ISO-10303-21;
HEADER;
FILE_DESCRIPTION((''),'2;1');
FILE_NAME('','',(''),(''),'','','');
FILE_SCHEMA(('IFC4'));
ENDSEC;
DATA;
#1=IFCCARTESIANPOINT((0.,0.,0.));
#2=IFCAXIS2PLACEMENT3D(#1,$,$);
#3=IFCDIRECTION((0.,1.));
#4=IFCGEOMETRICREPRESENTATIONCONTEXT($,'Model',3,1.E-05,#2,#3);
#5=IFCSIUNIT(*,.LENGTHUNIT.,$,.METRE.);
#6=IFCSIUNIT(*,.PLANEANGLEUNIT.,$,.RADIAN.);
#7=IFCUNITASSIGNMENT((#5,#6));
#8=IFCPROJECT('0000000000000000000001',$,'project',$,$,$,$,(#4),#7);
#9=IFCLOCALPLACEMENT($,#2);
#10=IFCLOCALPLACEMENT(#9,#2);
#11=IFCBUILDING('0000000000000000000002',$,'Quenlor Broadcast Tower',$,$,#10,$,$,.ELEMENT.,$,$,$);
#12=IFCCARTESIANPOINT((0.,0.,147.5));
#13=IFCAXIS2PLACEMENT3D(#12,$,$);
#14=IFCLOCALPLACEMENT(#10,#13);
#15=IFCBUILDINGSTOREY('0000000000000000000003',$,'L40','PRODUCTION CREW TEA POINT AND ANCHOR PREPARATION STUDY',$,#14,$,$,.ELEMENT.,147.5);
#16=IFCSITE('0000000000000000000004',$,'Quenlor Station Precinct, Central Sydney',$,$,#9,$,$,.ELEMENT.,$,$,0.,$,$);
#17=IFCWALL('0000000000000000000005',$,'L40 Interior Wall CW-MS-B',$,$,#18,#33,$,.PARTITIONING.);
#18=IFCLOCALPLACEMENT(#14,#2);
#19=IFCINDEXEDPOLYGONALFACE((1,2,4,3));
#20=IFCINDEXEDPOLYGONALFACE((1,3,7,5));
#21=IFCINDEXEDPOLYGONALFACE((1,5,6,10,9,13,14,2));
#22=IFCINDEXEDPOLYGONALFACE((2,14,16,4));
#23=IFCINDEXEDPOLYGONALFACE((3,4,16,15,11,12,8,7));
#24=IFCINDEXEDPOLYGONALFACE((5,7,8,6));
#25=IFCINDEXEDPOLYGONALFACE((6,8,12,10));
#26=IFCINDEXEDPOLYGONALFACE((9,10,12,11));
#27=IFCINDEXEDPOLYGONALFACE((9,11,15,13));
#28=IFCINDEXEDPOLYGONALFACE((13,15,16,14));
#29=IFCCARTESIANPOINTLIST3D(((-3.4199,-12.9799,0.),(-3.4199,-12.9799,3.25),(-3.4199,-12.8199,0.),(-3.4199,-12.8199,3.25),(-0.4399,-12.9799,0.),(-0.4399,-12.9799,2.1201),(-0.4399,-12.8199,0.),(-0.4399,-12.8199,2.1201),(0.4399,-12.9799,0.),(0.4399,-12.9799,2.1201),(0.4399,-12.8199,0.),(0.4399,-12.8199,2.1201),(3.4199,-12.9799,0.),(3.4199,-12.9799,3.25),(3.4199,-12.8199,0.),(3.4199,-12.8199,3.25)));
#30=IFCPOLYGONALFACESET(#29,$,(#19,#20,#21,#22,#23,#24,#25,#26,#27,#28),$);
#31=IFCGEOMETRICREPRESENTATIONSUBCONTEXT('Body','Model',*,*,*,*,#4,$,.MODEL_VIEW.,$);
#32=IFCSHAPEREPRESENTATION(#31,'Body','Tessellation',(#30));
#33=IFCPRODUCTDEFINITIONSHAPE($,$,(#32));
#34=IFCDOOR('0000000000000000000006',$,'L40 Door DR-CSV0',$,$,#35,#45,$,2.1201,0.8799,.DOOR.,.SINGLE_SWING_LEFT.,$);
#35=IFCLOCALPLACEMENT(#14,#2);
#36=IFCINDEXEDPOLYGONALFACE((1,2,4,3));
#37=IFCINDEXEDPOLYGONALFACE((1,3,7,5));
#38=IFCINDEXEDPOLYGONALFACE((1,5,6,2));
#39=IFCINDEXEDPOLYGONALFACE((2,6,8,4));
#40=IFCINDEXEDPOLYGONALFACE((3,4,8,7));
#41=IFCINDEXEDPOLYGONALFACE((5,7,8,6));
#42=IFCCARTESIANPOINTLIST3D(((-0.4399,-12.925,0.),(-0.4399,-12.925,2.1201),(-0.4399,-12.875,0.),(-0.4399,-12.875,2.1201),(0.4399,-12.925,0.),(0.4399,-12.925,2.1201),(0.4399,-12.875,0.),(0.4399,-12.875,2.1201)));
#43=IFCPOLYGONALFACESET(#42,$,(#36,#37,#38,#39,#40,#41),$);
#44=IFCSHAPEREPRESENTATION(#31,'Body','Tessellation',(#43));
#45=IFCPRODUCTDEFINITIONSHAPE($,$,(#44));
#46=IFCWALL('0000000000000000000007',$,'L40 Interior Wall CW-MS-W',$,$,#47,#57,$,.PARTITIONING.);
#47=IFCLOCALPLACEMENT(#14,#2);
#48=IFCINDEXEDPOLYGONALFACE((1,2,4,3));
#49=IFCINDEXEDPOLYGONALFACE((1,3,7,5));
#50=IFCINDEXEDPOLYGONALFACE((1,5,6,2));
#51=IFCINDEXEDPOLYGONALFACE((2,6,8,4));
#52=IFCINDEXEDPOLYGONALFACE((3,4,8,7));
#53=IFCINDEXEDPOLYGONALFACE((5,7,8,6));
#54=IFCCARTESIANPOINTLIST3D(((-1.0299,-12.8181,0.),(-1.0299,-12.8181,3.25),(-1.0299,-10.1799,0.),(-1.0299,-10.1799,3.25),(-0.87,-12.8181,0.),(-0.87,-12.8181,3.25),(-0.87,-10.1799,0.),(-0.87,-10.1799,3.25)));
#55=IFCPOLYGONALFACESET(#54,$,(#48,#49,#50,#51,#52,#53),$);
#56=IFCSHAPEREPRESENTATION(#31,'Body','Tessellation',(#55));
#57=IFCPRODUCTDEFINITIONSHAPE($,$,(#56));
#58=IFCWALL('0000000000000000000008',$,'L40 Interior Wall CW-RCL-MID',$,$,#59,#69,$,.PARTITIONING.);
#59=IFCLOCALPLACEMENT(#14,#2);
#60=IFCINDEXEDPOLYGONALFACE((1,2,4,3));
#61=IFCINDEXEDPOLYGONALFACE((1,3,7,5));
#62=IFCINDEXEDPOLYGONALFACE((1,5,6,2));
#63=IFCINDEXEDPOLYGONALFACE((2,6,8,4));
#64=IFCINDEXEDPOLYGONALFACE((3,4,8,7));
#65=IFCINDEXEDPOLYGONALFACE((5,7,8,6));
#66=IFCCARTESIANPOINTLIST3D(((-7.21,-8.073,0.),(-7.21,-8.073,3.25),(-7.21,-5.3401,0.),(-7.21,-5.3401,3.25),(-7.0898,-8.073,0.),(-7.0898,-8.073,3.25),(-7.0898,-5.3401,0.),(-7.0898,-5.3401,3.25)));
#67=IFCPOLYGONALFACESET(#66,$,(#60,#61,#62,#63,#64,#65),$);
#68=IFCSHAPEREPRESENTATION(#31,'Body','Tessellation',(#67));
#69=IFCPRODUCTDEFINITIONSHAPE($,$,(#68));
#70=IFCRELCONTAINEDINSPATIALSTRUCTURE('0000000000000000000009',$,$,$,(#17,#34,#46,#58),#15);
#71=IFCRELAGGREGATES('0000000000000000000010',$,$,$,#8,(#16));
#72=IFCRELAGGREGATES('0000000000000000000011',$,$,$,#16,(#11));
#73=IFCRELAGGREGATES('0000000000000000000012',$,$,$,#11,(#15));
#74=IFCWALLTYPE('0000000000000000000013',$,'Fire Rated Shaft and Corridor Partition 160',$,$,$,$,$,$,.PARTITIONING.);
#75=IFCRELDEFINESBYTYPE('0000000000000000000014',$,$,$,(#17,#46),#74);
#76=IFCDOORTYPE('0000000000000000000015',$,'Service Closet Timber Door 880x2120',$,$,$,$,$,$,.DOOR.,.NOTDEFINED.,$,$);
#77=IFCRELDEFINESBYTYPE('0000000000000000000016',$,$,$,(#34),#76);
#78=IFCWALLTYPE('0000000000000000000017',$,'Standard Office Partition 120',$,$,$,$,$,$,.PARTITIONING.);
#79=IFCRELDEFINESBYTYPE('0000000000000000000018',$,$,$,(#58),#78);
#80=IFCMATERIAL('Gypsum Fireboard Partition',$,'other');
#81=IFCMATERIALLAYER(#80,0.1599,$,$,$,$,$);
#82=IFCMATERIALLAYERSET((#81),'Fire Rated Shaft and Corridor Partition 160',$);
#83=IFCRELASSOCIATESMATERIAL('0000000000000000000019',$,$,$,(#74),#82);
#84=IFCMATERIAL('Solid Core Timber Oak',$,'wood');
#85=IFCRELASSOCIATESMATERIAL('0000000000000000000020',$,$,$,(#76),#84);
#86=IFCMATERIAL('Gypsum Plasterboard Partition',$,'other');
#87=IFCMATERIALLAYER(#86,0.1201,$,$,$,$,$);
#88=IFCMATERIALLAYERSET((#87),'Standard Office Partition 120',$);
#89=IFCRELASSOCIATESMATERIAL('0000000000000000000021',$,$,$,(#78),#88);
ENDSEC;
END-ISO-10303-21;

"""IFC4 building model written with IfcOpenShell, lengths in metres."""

from ifc_helpers import new_model, si_unit, direction, frame, frame_2d, origin, place, context, subcontext, project, spatial, rectangle, extrude, material, layer, layer_set, type_object, element, fill, save


model = new_model("IFC4")

# Units and contexts
model_context = context("Model", 3, precision=1e-05, world=origin(), true_north=direction((0.0, 1.0)))
body_context = subcontext(model_context, "Body", "Model", "MODEL_VIEW")
ifc_project = project(units=[si_unit("LENGTHUNIT", "METRE"), si_unit("PLANEANGLEUNIT", "RADIAN")], contexts=[model_context])

# Site, building, storey
site_placement = place(None, origin())
site = spatial("IfcSite", under=ifc_project, at=site_placement, Name="Quenlor Station Precinct, Central Sydney", CompositionType="ELEMENT", RefElevation=0.0)
building_placement = place(site_placement, origin())
building = spatial("IfcBuilding", under=site, at=building_placement, Name="Quenlor Broadcast Tower", CompositionType="ELEMENT")
storey_placement = place(building_placement, frame((0.0, 0.0, 147.5)))
storey = spatial("IfcBuildingStorey", under=building, at=storey_placement, Name="L40", Description="PRODUCTION CREW TEA POINT AND ANCHOR PREPARATION STUDY", CompositionType="ELEMENT", Elevation=147.5)

# Shared definitions
ifc_material_1 = material(Name="Gypsum Fireboard Partition", Category="other")
ifc_layer_1 = layer(ifc_material_1, 0.1599)
ifc_layer_set_1 = layer_set([ifc_layer_1], Name="Fire Rated Shaft and Corridor Partition 160")
wall_type_1 = type_object("IfcWallType", Name="Fire Rated Shaft and Corridor Partition 160", PredefinedType="PARTITIONING", material=ifc_layer_set_1)

# Wall, opening, door
wall_1_placement = place(storey_placement, frame((-3.4199, -12.8999, 0.0), z_axis=(0.0, 0.0, 1.0), x_axis=(1.0, 0.0, 0.0)))
wall_1 = element("IfcWall", 1, at=wall_1_placement, inside=storey, type_object=wall_type_1, Name="L40 Interior Wall CW-MS-B", PredefinedType="PARTITIONING", context=body_context, shape_type="SweptSolid", body=[
    extrude(rectangle(XDim=6.8398, YDim=0.1599, at=frame_2d((3.4199, 0.0))), origin(), (0.0, 0.0, 1.0), 3.25),
])
opening_1_placement = place(wall_1_placement, frame((2.98, 0.0, 0.0)))
opening_1 = element("IfcOpeningElement", 2, at=opening_1_placement, cuts=wall_1, PredefinedType="OPENING", context=body_context, shape_type="SweptSolid", body=[
    extrude(rectangle(XDim=0.8799, YDim=2.1201, at=frame_2d((0.4399, 1.0601))), frame((0.0, 0.0898, 0.0), z_axis=(0.0, -1.0, 0.0), x_axis=(1.0, 0.0, 0.0)), (0.0, 0.0, 1.0), 0.1799),
])
ifc_material_2 = material(Name="Solid Core Timber Oak", Category="wood")
door_type_1 = type_object("IfcDoorType", Name="Service Closet Timber Door 880x2120", OperationType="NOTDEFINED", PredefinedType="DOOR", material=ifc_material_2)
door_1_placement = place(opening_1_placement, origin())
door_1 = element("IfcDoor", 3, at=door_1_placement, inside=storey, type_object=door_type_1, Name="L40 Door DR-CSV0", OperationType="SINGLE_SWING_LEFT", OverallHeight=2.1201, OverallWidth=0.8799, PredefinedType="DOOR", context=body_context, shape_type="SweptSolid", body=[
    extrude(rectangle(XDim=0.8799, YDim=2.1201, at=frame_2d((0.4399, 1.0601))), frame((0.0, 0.0249, 0.0), z_axis=(0.0, -1.0, 0.0), x_axis=(1.0, 0.0, 0.0)), (0.0, 0.0, 1.0), 0.05),
])
fill(opening_1, door_1)

# Walls
wall_2_placement = place(storey_placement, frame((-0.95, -12.8181, 0.0), z_axis=(0.0, 0.0, 1.0), x_axis=(0.0, 1.0, 0.0)))
element("IfcWall", 4, at=wall_2_placement, inside=storey, type_object=wall_type_1, Name="L40 Interior Wall CW-MS-W", PredefinedType="PARTITIONING", context=body_context, shape_type="SweptSolid", body=[
    extrude(rectangle(XDim=2.6382, YDim=0.1599, at=frame_2d((1.3191, 0.0))), origin(), (0.0, 0.0, 1.0), 3.25),
])
ifc_material_3 = material(Name="Gypsum Plasterboard Partition", Category="other")
ifc_layer_2 = layer(ifc_material_3, 0.1201)
ifc_layer_set_2 = layer_set([ifc_layer_2], Name="Standard Office Partition 120")
wall_type_2 = type_object("IfcWallType", Name="Standard Office Partition 120", PredefinedType="PARTITIONING", material=ifc_layer_set_2)
wall_3_placement = place(storey_placement, frame((-7.1499, -8.073, 0.0), z_axis=(0.0, 0.0, 1.0), x_axis=(0.0, 1.0, 0.0)))
element("IfcWall", 5, at=wall_3_placement, inside=storey, type_object=wall_type_2, Name="L40 Interior Wall CW-RCL-MID", PredefinedType="PARTITIONING", context=body_context, shape_type="SweptSolid", body=[
    extrude(rectangle(XDim=2.7329, YDim=0.1201, at=frame_2d((1.3665, 0.0))), origin(), (0.0, 0.0, 1.0), 3.25),
])

save(model, "model.ifc")
